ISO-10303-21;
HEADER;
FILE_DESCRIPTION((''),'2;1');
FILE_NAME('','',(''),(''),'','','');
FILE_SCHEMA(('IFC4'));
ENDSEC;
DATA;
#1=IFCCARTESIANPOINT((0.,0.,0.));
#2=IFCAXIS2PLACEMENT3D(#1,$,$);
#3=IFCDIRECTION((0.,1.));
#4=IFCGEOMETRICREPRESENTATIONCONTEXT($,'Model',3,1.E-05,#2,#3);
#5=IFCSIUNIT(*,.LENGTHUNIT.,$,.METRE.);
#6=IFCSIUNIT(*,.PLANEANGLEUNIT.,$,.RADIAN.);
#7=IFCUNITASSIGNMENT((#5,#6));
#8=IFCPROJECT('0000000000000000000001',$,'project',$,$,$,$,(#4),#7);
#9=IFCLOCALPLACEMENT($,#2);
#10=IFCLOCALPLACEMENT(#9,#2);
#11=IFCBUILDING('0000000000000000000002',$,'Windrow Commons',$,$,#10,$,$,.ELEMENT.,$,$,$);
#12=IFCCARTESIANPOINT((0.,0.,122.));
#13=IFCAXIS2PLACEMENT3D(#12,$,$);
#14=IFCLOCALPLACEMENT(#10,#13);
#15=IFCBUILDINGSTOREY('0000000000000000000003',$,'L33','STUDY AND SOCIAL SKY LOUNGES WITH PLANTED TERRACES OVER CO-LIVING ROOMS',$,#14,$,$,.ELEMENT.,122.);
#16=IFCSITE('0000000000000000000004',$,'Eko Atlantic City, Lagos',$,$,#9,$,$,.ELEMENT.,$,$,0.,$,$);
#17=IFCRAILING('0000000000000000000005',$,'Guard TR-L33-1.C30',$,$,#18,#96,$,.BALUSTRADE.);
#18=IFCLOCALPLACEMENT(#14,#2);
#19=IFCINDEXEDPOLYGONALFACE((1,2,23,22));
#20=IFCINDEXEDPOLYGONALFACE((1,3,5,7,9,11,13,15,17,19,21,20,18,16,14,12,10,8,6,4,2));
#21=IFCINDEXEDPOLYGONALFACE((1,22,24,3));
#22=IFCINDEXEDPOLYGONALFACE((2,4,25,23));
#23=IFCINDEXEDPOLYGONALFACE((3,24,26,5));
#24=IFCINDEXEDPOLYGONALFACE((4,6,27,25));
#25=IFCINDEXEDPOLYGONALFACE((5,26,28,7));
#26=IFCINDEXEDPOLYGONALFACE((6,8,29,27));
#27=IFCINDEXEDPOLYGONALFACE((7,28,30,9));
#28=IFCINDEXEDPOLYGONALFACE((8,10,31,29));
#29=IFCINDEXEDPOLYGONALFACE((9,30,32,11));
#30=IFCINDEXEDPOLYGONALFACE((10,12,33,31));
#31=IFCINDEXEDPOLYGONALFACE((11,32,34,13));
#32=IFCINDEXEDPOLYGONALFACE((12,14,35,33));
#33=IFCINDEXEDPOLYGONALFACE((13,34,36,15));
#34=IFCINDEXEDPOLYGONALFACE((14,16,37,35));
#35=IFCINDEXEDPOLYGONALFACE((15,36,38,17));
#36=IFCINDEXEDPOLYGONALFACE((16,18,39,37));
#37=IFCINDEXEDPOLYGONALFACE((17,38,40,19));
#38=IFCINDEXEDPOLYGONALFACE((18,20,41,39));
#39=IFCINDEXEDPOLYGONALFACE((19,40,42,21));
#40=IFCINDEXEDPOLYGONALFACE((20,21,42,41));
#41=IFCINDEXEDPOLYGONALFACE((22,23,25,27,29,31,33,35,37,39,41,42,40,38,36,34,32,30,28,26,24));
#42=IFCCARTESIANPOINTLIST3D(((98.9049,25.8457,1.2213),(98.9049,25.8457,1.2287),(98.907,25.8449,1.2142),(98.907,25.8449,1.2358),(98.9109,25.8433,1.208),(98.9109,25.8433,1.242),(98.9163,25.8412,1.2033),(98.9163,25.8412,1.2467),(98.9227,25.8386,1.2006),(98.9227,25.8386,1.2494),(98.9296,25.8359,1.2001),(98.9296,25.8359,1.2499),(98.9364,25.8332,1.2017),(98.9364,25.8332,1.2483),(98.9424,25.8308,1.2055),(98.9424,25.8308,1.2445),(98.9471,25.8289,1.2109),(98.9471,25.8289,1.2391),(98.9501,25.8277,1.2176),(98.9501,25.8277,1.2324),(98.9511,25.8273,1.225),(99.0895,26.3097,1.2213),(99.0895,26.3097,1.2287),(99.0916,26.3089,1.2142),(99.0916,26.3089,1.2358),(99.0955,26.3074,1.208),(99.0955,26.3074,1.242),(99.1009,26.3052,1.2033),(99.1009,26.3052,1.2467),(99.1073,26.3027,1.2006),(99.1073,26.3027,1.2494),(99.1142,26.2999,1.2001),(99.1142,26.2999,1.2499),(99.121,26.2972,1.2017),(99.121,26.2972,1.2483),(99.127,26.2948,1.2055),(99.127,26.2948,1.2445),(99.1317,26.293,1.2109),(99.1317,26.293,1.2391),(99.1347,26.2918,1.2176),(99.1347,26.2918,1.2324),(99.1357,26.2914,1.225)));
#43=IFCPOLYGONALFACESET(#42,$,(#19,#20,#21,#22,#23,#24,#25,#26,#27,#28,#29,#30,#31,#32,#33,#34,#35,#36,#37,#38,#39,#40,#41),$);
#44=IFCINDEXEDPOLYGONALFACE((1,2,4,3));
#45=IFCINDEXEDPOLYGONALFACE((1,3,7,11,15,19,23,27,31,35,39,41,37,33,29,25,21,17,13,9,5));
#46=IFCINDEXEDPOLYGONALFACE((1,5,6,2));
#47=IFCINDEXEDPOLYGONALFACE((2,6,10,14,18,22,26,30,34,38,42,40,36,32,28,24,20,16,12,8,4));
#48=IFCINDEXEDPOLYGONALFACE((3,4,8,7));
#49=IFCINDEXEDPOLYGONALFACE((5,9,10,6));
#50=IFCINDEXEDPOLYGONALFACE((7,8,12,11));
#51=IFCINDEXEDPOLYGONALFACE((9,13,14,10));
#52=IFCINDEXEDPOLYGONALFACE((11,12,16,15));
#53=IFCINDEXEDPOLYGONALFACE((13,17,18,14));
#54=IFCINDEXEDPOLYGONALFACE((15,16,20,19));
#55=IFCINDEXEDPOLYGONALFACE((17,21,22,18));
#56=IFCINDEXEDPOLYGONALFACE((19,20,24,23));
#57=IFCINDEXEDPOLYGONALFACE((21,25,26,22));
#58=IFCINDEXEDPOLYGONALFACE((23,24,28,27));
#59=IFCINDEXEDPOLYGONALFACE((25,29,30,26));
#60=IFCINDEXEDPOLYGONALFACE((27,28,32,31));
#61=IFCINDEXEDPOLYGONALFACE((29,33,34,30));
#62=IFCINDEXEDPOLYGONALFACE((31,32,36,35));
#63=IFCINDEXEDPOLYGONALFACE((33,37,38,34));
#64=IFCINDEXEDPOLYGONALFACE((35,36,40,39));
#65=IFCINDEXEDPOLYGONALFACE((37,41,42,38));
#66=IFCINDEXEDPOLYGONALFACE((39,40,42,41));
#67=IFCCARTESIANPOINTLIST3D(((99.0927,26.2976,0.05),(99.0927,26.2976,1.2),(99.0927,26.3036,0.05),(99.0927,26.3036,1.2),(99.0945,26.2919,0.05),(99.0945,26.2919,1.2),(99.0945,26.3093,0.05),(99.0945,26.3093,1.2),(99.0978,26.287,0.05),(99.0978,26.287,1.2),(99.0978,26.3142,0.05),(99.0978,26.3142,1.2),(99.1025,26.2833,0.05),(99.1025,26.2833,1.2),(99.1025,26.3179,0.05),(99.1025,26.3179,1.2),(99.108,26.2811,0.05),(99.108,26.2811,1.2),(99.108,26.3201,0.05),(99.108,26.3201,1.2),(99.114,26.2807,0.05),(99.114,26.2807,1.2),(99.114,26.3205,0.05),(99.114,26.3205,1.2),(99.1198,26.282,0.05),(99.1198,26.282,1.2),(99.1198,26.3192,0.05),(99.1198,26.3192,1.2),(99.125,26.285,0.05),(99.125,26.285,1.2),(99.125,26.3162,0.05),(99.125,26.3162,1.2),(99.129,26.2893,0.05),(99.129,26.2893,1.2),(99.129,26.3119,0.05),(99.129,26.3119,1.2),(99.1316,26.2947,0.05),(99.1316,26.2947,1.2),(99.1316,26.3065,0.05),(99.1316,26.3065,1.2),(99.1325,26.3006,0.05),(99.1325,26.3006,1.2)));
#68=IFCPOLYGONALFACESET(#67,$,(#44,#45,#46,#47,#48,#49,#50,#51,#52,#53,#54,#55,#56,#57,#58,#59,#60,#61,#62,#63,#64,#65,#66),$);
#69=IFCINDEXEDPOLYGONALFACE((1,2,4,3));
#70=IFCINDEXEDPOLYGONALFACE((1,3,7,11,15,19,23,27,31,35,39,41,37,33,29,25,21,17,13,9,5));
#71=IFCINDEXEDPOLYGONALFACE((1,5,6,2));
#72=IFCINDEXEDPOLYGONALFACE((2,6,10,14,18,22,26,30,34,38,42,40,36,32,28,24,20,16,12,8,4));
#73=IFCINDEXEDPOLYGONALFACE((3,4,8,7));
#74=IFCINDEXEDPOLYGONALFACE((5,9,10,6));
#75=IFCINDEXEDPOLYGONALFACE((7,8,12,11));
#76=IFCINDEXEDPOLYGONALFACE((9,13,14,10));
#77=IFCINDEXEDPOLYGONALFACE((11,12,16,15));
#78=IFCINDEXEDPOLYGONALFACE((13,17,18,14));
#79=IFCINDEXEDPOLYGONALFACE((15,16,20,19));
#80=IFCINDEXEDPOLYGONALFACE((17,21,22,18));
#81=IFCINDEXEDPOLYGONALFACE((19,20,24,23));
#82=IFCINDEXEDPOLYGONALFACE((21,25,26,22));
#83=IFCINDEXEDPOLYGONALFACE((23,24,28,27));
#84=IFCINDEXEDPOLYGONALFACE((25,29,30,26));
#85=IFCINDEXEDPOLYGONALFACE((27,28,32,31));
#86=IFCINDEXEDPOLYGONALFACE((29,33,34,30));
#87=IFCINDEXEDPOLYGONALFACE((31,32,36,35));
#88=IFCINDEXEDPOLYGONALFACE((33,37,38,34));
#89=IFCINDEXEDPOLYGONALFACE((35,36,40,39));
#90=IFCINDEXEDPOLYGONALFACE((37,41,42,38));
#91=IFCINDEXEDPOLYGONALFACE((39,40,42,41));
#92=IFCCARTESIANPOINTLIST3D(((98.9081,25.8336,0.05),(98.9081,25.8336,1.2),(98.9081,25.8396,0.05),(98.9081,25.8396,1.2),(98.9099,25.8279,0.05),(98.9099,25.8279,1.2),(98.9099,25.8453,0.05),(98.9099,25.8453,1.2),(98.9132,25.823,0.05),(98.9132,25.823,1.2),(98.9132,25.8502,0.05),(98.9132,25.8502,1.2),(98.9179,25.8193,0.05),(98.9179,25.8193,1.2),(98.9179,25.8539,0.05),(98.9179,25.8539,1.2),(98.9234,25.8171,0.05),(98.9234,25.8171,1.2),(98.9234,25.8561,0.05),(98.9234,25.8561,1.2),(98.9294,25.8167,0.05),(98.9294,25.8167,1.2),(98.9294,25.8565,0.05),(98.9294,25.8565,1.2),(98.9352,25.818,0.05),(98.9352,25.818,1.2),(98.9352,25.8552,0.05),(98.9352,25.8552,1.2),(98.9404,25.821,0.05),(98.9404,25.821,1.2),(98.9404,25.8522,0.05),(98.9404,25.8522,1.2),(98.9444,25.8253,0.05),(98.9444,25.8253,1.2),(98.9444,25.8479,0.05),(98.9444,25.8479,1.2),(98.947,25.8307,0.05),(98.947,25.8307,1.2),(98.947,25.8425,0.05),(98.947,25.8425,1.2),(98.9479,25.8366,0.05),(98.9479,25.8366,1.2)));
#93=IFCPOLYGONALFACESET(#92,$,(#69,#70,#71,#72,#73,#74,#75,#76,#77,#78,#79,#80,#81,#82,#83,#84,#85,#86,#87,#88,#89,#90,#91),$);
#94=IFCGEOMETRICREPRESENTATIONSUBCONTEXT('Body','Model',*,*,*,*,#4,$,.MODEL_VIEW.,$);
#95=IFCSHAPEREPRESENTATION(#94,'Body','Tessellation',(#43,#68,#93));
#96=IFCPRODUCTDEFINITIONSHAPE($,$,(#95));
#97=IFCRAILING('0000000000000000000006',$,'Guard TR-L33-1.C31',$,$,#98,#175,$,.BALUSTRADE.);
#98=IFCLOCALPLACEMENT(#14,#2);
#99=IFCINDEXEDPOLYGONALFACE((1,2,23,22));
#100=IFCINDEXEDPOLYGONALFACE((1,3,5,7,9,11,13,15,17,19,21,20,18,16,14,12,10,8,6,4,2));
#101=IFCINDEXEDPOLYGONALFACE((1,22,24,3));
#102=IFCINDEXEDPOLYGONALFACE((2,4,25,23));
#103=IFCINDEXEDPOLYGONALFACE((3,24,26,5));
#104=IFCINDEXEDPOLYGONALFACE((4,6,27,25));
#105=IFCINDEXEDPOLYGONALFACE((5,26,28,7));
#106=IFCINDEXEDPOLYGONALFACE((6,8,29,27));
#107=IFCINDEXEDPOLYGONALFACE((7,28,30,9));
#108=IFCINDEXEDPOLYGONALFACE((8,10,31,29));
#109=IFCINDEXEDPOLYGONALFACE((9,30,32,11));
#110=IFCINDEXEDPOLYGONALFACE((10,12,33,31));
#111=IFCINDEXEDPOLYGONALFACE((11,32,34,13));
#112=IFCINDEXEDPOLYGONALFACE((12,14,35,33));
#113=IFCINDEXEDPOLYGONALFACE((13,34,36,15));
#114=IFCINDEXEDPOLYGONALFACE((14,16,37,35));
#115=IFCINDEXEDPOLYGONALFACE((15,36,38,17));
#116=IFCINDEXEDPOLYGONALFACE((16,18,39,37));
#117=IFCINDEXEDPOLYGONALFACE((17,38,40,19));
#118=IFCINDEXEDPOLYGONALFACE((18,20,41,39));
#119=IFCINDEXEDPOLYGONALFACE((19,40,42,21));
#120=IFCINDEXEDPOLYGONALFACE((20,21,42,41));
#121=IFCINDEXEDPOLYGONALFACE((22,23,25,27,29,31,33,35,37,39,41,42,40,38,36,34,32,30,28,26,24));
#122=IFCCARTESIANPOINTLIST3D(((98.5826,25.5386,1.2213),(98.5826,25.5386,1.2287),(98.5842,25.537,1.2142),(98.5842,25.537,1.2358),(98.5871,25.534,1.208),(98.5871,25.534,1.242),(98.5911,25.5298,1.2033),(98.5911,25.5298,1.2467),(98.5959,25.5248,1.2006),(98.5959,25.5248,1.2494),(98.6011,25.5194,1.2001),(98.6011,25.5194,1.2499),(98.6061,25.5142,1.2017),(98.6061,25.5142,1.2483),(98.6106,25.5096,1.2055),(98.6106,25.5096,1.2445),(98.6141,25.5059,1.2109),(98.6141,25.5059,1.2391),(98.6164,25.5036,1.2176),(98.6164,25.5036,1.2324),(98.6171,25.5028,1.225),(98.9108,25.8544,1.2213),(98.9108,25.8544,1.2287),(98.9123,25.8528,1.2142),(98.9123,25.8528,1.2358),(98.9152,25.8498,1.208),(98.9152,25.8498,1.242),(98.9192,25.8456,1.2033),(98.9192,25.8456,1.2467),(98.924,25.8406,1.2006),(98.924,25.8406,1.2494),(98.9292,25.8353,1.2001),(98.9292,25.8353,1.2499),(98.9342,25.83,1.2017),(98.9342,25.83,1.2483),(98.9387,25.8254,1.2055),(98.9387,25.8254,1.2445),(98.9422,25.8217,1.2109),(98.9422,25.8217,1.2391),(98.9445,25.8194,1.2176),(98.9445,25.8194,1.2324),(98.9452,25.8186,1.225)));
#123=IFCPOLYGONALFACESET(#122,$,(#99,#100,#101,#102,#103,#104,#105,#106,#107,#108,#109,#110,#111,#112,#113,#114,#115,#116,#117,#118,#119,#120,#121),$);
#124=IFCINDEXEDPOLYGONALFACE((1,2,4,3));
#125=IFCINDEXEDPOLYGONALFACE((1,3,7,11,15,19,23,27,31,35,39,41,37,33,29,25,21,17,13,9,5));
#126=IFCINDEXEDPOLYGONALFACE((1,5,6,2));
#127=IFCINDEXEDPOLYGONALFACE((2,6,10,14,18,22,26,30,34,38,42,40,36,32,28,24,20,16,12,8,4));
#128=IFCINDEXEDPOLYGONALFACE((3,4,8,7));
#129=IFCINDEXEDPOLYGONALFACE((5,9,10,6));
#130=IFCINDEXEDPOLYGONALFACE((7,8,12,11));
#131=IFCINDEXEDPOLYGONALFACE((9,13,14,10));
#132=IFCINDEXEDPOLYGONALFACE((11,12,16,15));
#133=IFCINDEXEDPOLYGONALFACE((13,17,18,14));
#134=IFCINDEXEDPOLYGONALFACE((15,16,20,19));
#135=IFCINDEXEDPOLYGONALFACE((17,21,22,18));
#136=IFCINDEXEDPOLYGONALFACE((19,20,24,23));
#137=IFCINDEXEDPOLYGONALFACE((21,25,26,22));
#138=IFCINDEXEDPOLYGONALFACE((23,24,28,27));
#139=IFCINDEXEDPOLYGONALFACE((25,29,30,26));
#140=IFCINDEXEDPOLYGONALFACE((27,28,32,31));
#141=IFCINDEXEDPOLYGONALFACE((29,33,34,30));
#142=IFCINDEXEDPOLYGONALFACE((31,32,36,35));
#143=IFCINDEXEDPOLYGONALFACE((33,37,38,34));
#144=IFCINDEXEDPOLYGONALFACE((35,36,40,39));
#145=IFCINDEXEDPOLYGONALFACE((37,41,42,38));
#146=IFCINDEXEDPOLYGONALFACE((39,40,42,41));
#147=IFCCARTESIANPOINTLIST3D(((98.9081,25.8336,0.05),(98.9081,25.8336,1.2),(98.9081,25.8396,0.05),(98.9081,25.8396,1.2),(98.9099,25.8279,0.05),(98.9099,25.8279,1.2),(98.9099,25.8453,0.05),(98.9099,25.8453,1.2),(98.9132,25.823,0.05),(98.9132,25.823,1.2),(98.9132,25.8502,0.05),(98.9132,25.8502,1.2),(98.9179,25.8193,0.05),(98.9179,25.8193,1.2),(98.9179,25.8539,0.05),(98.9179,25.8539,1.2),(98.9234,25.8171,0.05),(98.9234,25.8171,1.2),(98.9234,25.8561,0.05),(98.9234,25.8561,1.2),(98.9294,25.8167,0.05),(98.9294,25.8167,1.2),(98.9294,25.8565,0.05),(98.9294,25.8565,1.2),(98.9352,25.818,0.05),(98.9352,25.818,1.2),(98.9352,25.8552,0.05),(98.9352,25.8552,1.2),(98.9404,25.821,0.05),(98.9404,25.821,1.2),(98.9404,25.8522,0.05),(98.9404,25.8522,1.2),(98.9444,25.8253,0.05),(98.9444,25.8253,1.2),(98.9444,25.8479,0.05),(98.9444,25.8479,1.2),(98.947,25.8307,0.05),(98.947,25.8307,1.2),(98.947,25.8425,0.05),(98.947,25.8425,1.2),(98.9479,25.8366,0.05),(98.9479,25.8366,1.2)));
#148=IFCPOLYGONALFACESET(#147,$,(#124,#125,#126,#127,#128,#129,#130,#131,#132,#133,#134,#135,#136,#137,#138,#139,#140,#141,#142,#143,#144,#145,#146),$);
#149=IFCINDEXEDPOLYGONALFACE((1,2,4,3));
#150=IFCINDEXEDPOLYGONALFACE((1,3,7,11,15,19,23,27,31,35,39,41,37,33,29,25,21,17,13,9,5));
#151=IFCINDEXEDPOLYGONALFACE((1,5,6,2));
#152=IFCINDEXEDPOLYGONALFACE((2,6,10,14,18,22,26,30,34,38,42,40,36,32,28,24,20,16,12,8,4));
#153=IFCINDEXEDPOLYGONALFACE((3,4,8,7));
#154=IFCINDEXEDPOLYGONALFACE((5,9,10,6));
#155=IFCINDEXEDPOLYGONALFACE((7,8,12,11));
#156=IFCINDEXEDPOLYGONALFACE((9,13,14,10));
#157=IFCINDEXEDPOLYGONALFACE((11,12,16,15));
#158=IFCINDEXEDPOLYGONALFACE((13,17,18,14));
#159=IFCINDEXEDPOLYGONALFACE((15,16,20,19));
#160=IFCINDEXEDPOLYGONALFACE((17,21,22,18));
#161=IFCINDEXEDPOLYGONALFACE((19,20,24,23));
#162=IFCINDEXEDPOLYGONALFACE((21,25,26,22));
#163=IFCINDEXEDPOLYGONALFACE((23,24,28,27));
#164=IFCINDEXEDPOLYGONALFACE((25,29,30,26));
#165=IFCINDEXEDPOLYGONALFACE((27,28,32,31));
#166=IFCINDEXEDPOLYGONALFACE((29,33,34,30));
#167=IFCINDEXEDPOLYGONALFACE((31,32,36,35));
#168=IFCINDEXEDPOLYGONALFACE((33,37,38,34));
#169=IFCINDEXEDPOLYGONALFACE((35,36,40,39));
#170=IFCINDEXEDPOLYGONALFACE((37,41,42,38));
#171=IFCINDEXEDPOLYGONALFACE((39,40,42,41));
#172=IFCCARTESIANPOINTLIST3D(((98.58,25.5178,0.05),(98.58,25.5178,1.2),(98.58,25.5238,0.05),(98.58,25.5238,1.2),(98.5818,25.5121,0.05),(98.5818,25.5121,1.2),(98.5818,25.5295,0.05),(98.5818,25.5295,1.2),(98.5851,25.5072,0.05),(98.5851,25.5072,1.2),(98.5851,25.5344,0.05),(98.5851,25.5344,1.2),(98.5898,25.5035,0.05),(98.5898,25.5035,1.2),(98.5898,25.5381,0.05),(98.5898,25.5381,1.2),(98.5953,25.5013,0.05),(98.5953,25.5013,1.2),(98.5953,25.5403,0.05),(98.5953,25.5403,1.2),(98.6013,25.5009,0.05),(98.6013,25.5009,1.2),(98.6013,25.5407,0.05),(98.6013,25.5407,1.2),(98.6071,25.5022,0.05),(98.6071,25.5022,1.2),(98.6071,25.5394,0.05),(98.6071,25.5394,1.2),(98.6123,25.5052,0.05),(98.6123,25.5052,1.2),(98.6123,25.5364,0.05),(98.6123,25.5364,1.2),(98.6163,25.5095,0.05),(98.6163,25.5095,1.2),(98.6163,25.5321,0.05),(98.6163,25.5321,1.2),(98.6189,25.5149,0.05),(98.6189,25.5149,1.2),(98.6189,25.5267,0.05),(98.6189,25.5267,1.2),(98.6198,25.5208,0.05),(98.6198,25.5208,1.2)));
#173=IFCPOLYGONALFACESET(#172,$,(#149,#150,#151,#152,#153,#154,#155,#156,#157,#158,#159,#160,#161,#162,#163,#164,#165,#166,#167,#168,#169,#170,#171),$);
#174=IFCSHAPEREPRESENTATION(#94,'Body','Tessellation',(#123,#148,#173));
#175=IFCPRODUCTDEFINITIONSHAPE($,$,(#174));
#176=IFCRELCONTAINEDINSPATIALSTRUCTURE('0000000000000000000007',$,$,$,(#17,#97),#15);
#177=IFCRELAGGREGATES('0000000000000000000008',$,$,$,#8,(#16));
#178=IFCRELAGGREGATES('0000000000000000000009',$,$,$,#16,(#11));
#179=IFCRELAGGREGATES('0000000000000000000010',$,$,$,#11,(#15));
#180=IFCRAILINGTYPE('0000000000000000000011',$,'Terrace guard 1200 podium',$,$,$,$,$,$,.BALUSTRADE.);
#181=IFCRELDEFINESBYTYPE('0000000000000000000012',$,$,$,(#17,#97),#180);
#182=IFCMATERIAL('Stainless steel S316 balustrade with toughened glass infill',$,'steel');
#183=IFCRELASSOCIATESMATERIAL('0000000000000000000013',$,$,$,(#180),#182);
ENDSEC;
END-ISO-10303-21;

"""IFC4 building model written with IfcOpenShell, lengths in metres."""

from ifc_helpers import new_model, si_unit, direction, frame, origin, origin_2d, place, context, subcontext, project, spatial, circle, extrude, material, type_object, element, save


model = new_model("IFC4")

# Units and contexts
model_context = context("Model", 3, precision=1e-05, world=origin(), true_north=direction((0.0, 1.0)))
body_context = subcontext(model_context, "Body", "Model", "MODEL_VIEW")
ifc_project = project(units=[si_unit("LENGTHUNIT", "METRE"), si_unit("PLANEANGLEUNIT", "RADIAN")], contexts=[model_context])

# Site, building, storey
site_placement = place(None, origin())
site = spatial("IfcSite", under=ifc_project, at=site_placement, Name="Eko Atlantic City, Lagos", CompositionType="ELEMENT", RefElevation=0.0)
building_placement = place(site_placement, origin())
building = spatial("IfcBuilding", under=site, at=building_placement, Name="Windrow Commons", CompositionType="ELEMENT")
storey_placement = place(building_placement, frame((0.0, 0.0, 122.0)))
storey = spatial("IfcBuildingStorey", under=building, at=storey_placement, Name="L33", Description="STUDY AND SOCIAL SKY LOUNGES WITH PLANTED TERRACES OVER CO-LIVING ROOMS", CompositionType="ELEMENT", Elevation=122.0)

# Railings
ifc_material_1 = material(Name="Stainless steel S316 balustrade with toughened glass infill", Category="steel")
railing_type = type_object("IfcRailingType", Name="Terrace guard 1200 podium", PredefinedType="BALUSTRADE", material=ifc_material_1)
railing_1_placement = place(storey_placement, frame((99.1125, 26.3006, 0.05)))
element("IfcRailing", 1, at=railing_1_placement, inside=storey, type_object=railing_type, Name="Guard TR-L33-1.C30", PredefinedType="BALUSTRADE", context=body_context, shape_type="SweptSolid", body=[
    extrude(circle(Radius=0.025, at=origin_2d()), frame((0.0, 0.0, 1.175), z_axis=(-0.369664, -0.929166, 0.0), x_axis=(0.929166, -0.369664, 0.0)), (0.0, 0.0, 1.0), 0.4994),
    extrude(circle(Radius=0.02, at=origin_2d()), origin(), (0.0, 0.0, 1.0), 1.15),
    extrude(circle(Radius=0.02, at=origin_2d()), frame((-0.1846, -0.464, 0.0)), (0.0, 0.0, 1.0), 1.15),
])
railing_2_placement = place(storey_placement, frame((98.9279, 25.8366, 0.05)))
element("IfcRailing", 2, at=railing_2_placement, inside=storey, type_object=railing_type, Name="Guard TR-L33-1.C31", PredefinedType="BALUSTRADE", context=body_context, shape_type="SweptSolid", body=[
    extrude(circle(Radius=0.025, at=origin_2d()), frame((0.0, 0.0, 1.175), z_axis=(-0.720483, -0.693473, 0.0), x_axis=(0.693473, -0.720483, 0.0)), (0.0, 0.0, 1.0), 0.4554),
    extrude(circle(Radius=0.02, at=origin_2d()), origin(), (0.0, 0.0, 1.0), 1.15),
    extrude(circle(Radius=0.02, at=origin_2d()), frame((-0.3281, -0.3158, 0.0)), (0.0, 0.0, 1.0), 1.15),
])

save(model, "model.ifc")
